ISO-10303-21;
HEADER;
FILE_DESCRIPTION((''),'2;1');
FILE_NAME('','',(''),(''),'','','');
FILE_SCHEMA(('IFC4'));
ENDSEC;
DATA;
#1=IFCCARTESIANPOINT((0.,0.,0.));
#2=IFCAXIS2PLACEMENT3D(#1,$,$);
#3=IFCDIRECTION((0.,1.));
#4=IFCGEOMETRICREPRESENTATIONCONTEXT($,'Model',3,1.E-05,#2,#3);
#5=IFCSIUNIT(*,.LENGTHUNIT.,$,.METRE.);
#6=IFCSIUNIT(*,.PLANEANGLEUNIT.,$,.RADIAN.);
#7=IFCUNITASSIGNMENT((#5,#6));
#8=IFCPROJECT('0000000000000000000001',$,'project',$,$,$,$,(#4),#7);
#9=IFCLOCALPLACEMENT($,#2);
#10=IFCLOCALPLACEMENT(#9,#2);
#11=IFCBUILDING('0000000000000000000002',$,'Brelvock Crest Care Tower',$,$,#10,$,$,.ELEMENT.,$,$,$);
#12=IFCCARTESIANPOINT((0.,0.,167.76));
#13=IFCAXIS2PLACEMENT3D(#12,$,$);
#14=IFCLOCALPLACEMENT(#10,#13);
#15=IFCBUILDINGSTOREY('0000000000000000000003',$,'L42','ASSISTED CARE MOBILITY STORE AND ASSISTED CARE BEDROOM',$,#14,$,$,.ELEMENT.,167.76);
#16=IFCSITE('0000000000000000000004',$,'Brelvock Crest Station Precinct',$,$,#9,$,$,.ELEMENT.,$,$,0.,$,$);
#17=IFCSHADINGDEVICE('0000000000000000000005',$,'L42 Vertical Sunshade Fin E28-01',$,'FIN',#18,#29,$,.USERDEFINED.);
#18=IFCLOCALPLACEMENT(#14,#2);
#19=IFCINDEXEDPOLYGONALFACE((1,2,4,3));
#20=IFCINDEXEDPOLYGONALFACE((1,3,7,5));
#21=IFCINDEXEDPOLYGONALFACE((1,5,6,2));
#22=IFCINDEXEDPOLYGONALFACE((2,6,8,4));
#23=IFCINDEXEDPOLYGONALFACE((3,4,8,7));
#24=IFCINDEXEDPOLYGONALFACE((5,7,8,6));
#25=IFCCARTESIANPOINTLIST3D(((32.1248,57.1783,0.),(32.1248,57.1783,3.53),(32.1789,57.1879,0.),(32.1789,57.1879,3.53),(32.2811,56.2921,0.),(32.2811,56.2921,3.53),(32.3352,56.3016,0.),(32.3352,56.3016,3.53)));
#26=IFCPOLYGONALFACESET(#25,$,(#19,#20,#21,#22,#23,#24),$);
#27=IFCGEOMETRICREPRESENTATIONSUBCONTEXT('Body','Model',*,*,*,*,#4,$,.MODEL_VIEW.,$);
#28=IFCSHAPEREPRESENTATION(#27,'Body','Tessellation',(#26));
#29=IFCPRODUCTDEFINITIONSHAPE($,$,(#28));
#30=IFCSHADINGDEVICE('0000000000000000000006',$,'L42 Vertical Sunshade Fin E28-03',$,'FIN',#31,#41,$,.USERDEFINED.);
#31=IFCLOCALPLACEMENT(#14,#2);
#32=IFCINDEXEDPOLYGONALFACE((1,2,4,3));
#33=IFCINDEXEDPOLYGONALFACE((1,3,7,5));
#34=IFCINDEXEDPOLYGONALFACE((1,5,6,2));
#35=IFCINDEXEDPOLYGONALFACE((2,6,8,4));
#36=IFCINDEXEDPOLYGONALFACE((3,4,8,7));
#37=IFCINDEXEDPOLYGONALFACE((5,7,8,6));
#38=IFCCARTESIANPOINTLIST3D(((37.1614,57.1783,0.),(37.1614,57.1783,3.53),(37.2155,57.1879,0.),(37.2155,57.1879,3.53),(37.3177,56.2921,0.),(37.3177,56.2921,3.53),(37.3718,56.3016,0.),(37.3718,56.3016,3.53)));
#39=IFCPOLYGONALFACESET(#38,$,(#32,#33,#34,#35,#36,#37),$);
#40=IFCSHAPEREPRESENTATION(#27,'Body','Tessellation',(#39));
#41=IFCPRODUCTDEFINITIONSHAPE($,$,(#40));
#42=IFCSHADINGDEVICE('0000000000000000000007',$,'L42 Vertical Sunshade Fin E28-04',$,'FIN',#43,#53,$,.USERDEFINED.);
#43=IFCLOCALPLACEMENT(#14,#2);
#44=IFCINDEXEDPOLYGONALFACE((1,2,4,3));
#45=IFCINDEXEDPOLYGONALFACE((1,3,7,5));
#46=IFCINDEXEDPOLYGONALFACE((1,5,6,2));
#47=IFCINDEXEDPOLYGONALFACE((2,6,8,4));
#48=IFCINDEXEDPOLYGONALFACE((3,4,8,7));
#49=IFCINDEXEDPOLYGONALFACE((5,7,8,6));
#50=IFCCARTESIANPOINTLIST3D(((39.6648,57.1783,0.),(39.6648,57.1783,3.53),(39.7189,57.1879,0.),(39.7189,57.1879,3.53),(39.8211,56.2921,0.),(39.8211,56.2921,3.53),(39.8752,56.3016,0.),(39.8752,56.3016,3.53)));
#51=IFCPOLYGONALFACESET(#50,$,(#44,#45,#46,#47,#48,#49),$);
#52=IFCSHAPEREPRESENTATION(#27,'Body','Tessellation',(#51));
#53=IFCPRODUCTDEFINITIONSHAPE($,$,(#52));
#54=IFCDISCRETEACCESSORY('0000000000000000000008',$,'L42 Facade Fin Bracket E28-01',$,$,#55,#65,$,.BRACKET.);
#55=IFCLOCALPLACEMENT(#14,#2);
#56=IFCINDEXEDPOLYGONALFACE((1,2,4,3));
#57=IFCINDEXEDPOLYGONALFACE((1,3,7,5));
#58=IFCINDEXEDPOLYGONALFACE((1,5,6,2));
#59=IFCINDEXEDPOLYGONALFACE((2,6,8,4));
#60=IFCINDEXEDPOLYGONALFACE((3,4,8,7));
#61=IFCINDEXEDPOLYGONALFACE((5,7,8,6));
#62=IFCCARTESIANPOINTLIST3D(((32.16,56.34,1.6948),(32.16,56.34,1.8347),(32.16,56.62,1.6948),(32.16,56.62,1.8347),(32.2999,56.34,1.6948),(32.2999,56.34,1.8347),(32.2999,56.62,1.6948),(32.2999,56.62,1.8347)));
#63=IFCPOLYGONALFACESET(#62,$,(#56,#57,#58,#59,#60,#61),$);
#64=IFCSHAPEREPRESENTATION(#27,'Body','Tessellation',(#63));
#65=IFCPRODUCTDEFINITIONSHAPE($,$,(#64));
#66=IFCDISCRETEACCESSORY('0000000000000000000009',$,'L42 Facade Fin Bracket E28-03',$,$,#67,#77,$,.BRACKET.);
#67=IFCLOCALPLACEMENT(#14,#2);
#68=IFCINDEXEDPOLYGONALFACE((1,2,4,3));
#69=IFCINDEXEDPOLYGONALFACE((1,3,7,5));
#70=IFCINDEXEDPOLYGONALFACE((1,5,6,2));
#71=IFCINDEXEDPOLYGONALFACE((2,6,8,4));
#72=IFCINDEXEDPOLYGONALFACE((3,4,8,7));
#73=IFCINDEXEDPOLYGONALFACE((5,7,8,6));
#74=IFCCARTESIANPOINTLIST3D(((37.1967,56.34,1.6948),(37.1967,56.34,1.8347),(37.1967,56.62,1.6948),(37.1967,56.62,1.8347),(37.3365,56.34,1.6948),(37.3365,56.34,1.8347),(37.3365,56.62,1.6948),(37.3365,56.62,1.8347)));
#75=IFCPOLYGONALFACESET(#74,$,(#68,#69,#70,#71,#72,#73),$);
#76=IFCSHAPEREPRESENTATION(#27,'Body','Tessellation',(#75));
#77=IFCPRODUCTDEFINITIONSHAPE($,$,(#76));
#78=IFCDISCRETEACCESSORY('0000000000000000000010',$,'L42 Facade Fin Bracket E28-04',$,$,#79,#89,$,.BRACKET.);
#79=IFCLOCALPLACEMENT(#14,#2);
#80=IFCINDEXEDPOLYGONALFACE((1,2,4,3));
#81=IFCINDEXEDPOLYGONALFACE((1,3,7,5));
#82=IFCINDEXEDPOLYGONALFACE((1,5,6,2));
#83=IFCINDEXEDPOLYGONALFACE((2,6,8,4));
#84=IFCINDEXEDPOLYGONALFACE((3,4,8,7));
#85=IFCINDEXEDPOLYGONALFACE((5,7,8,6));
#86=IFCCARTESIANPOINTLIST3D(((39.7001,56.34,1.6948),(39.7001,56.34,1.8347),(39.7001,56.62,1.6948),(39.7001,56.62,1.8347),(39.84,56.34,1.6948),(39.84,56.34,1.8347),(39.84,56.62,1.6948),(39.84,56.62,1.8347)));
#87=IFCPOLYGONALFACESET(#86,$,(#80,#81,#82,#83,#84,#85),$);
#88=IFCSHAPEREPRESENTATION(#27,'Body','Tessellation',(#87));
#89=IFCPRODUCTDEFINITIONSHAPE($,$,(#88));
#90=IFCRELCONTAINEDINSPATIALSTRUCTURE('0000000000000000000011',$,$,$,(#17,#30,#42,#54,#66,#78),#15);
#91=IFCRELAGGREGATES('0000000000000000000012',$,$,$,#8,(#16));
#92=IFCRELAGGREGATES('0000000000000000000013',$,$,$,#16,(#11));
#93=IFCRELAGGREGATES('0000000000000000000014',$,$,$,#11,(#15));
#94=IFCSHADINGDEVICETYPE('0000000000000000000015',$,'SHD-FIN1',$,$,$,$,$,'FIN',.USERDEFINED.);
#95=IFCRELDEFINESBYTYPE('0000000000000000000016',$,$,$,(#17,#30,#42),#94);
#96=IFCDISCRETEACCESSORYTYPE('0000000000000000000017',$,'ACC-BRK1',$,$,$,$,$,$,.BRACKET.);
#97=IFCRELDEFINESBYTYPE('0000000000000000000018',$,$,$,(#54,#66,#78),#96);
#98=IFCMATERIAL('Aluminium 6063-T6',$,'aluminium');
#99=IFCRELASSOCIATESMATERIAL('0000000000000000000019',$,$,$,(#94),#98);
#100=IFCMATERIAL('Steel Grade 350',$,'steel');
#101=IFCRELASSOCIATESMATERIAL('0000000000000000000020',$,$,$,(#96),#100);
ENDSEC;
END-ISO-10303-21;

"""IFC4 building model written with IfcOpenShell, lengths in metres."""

from ifc_helpers import new_model, si_unit, direction, frame, origin, origin_2d, place, context, subcontext, project, spatial, rectangle, extrude, source, transform, mapped, material, material_profile, profile_set, type_object, element, save


model = new_model("IFC4")

# Units and contexts
model_context = context("Model", 3, precision=1e-05, world=origin(), true_north=direction((0.0, 1.0)))
body_context = subcontext(model_context, "Body", "Model", "MODEL_VIEW")
ifc_project = project(units=[si_unit("LENGTHUNIT", "METRE"), si_unit("PLANEANGLEUNIT", "RADIAN")], contexts=[model_context])

# Site, building, storey
site_placement = place(None, origin())
site = spatial("IfcSite", under=ifc_project, at=site_placement, Name="Brelvock Crest Station Precinct", CompositionType="ELEMENT", RefElevation=0.0)
building_placement = place(site_placement, origin())
building = spatial("IfcBuilding", under=site, at=building_placement, Name="Brelvock Crest Care Tower", CompositionType="ELEMENT")
storey_placement = place(building_placement, frame((0.0, 0.0, 167.76)))
storey = spatial("IfcBuildingStorey", under=building, at=storey_placement, Name="L42", Description="ASSISTED CARE MOBILITY STORE AND ASSISTED CARE BEDROOM", CompositionType="ELEMENT", Elevation=167.76)

# Shared definitions
ifc_material_1 = material(Name="Aluminium 6063-T6", Category="aluminium")

# Shading devices
ifc_material_profile_1 = material_profile(ifc_material_1, rectangle(XDim=0.0549, YDim=0.8999, at=origin_2d()), Name="FIN55x900")
ifc_profile_set_1 = profile_set([ifc_material_profile_1], Name="Aluminium 6063-T6")
shading_device_type = type_object("IfcShadingDeviceType", Name="SHD-FIN1", ElementType="FIN", PredefinedType="USERDEFINED", material=ifc_profile_set_1)
shared_shape_1 = source(origin(), body_context, "Body", "SweptSolid", [
    extrude(rectangle(XDim=0.0549, YDim=0.8999, at=origin_2d()), origin(), (0.0, 0.0, 1.0), 3.53),
])
for number, where, z_axis, x_axis, name in (
    (1, (32.23, 56.74, 0.0), (0.0, 0.0, 1.0), (0.984808, 0.173648, 0.0), "L42 Vertical Sunshade Fin E28-01"),
    (2, (37.2666, 56.74, 0.0), (0.0, 0.0, 1.0), (0.984808, 0.173648, 0.0), "L42 Vertical Sunshade Fin E28-03"),
    (3, (39.77, 56.74, 0.0), (0.0, 0.0, 1.0), (0.984808, 0.173648, 0.0), "L42 Vertical Sunshade Fin E28-04"),
):
    element("IfcShadingDevice", number, at=place(storey_placement, frame(where, z_axis=z_axis, x_axis=x_axis)), inside=storey, type_object=shading_device_type, Name=name, ObjectType="FIN", PredefinedType="USERDEFINED", context=body_context, shape_type="MappedRepresentation", body=[
        mapped(shared_shape_1, transform((0.0, 0.0, 0.0), x_axis=(1.0, 0.0, 0.0), y_axis=(0.0, 1.0, 0.0), z_axis=(0.0, 0.0, 1.0), scale=1.0)),
    ])

# Discrete accessories
ifc_material_2 = material(Name="Steel Grade 350", Category="steel")
discrete_accessory_type = type_object("IfcDiscreteAccessoryType", Name="ACC-BRK1", PredefinedType="BRACKET", material=ifc_material_2)
shared_shape_2 = source(origin(), body_context, "Body", "SweptSolid", [
    extrude(rectangle(XDim=0.28, YDim=0.1399, at=origin_2d()), origin(), (0.0, 0.0, 1.0), 0.1399),
])
for number, where, z_axis, x_axis, name in (
    (4, (32.23, 56.48, 1.6948), (0.0, 0.0, 1.0), (0.0, 1.0, 0.0), "L42 Facade Fin Bracket E28-01"),
    (5, (37.2666, 56.48, 1.6948), (0.0, 0.0, 1.0), (0.0, 1.0, 0.0), "L42 Facade Fin Bracket E28-03"),
    (6, (39.77, 56.48, 1.6948), (0.0, 0.0, 1.0), (0.0, 1.0, 0.0), "L42 Facade Fin Bracket E28-04"),
):
    element("IfcDiscreteAccessory", number, at=place(storey_placement, frame(where, z_axis=z_axis, x_axis=x_axis)), inside=storey, type_object=discrete_accessory_type, Name=name, PredefinedType="BRACKET", context=body_context, shape_type="MappedRepresentation", body=[
        mapped(shared_shape_2, transform((0.0, 0.0, 0.0), x_axis=(1.0, 0.0, 0.0), y_axis=(0.0, 1.0, 0.0), z_axis=(0.0, 0.0, 1.0), scale=1.0)),
    ])

save(model, "model.ifc")
